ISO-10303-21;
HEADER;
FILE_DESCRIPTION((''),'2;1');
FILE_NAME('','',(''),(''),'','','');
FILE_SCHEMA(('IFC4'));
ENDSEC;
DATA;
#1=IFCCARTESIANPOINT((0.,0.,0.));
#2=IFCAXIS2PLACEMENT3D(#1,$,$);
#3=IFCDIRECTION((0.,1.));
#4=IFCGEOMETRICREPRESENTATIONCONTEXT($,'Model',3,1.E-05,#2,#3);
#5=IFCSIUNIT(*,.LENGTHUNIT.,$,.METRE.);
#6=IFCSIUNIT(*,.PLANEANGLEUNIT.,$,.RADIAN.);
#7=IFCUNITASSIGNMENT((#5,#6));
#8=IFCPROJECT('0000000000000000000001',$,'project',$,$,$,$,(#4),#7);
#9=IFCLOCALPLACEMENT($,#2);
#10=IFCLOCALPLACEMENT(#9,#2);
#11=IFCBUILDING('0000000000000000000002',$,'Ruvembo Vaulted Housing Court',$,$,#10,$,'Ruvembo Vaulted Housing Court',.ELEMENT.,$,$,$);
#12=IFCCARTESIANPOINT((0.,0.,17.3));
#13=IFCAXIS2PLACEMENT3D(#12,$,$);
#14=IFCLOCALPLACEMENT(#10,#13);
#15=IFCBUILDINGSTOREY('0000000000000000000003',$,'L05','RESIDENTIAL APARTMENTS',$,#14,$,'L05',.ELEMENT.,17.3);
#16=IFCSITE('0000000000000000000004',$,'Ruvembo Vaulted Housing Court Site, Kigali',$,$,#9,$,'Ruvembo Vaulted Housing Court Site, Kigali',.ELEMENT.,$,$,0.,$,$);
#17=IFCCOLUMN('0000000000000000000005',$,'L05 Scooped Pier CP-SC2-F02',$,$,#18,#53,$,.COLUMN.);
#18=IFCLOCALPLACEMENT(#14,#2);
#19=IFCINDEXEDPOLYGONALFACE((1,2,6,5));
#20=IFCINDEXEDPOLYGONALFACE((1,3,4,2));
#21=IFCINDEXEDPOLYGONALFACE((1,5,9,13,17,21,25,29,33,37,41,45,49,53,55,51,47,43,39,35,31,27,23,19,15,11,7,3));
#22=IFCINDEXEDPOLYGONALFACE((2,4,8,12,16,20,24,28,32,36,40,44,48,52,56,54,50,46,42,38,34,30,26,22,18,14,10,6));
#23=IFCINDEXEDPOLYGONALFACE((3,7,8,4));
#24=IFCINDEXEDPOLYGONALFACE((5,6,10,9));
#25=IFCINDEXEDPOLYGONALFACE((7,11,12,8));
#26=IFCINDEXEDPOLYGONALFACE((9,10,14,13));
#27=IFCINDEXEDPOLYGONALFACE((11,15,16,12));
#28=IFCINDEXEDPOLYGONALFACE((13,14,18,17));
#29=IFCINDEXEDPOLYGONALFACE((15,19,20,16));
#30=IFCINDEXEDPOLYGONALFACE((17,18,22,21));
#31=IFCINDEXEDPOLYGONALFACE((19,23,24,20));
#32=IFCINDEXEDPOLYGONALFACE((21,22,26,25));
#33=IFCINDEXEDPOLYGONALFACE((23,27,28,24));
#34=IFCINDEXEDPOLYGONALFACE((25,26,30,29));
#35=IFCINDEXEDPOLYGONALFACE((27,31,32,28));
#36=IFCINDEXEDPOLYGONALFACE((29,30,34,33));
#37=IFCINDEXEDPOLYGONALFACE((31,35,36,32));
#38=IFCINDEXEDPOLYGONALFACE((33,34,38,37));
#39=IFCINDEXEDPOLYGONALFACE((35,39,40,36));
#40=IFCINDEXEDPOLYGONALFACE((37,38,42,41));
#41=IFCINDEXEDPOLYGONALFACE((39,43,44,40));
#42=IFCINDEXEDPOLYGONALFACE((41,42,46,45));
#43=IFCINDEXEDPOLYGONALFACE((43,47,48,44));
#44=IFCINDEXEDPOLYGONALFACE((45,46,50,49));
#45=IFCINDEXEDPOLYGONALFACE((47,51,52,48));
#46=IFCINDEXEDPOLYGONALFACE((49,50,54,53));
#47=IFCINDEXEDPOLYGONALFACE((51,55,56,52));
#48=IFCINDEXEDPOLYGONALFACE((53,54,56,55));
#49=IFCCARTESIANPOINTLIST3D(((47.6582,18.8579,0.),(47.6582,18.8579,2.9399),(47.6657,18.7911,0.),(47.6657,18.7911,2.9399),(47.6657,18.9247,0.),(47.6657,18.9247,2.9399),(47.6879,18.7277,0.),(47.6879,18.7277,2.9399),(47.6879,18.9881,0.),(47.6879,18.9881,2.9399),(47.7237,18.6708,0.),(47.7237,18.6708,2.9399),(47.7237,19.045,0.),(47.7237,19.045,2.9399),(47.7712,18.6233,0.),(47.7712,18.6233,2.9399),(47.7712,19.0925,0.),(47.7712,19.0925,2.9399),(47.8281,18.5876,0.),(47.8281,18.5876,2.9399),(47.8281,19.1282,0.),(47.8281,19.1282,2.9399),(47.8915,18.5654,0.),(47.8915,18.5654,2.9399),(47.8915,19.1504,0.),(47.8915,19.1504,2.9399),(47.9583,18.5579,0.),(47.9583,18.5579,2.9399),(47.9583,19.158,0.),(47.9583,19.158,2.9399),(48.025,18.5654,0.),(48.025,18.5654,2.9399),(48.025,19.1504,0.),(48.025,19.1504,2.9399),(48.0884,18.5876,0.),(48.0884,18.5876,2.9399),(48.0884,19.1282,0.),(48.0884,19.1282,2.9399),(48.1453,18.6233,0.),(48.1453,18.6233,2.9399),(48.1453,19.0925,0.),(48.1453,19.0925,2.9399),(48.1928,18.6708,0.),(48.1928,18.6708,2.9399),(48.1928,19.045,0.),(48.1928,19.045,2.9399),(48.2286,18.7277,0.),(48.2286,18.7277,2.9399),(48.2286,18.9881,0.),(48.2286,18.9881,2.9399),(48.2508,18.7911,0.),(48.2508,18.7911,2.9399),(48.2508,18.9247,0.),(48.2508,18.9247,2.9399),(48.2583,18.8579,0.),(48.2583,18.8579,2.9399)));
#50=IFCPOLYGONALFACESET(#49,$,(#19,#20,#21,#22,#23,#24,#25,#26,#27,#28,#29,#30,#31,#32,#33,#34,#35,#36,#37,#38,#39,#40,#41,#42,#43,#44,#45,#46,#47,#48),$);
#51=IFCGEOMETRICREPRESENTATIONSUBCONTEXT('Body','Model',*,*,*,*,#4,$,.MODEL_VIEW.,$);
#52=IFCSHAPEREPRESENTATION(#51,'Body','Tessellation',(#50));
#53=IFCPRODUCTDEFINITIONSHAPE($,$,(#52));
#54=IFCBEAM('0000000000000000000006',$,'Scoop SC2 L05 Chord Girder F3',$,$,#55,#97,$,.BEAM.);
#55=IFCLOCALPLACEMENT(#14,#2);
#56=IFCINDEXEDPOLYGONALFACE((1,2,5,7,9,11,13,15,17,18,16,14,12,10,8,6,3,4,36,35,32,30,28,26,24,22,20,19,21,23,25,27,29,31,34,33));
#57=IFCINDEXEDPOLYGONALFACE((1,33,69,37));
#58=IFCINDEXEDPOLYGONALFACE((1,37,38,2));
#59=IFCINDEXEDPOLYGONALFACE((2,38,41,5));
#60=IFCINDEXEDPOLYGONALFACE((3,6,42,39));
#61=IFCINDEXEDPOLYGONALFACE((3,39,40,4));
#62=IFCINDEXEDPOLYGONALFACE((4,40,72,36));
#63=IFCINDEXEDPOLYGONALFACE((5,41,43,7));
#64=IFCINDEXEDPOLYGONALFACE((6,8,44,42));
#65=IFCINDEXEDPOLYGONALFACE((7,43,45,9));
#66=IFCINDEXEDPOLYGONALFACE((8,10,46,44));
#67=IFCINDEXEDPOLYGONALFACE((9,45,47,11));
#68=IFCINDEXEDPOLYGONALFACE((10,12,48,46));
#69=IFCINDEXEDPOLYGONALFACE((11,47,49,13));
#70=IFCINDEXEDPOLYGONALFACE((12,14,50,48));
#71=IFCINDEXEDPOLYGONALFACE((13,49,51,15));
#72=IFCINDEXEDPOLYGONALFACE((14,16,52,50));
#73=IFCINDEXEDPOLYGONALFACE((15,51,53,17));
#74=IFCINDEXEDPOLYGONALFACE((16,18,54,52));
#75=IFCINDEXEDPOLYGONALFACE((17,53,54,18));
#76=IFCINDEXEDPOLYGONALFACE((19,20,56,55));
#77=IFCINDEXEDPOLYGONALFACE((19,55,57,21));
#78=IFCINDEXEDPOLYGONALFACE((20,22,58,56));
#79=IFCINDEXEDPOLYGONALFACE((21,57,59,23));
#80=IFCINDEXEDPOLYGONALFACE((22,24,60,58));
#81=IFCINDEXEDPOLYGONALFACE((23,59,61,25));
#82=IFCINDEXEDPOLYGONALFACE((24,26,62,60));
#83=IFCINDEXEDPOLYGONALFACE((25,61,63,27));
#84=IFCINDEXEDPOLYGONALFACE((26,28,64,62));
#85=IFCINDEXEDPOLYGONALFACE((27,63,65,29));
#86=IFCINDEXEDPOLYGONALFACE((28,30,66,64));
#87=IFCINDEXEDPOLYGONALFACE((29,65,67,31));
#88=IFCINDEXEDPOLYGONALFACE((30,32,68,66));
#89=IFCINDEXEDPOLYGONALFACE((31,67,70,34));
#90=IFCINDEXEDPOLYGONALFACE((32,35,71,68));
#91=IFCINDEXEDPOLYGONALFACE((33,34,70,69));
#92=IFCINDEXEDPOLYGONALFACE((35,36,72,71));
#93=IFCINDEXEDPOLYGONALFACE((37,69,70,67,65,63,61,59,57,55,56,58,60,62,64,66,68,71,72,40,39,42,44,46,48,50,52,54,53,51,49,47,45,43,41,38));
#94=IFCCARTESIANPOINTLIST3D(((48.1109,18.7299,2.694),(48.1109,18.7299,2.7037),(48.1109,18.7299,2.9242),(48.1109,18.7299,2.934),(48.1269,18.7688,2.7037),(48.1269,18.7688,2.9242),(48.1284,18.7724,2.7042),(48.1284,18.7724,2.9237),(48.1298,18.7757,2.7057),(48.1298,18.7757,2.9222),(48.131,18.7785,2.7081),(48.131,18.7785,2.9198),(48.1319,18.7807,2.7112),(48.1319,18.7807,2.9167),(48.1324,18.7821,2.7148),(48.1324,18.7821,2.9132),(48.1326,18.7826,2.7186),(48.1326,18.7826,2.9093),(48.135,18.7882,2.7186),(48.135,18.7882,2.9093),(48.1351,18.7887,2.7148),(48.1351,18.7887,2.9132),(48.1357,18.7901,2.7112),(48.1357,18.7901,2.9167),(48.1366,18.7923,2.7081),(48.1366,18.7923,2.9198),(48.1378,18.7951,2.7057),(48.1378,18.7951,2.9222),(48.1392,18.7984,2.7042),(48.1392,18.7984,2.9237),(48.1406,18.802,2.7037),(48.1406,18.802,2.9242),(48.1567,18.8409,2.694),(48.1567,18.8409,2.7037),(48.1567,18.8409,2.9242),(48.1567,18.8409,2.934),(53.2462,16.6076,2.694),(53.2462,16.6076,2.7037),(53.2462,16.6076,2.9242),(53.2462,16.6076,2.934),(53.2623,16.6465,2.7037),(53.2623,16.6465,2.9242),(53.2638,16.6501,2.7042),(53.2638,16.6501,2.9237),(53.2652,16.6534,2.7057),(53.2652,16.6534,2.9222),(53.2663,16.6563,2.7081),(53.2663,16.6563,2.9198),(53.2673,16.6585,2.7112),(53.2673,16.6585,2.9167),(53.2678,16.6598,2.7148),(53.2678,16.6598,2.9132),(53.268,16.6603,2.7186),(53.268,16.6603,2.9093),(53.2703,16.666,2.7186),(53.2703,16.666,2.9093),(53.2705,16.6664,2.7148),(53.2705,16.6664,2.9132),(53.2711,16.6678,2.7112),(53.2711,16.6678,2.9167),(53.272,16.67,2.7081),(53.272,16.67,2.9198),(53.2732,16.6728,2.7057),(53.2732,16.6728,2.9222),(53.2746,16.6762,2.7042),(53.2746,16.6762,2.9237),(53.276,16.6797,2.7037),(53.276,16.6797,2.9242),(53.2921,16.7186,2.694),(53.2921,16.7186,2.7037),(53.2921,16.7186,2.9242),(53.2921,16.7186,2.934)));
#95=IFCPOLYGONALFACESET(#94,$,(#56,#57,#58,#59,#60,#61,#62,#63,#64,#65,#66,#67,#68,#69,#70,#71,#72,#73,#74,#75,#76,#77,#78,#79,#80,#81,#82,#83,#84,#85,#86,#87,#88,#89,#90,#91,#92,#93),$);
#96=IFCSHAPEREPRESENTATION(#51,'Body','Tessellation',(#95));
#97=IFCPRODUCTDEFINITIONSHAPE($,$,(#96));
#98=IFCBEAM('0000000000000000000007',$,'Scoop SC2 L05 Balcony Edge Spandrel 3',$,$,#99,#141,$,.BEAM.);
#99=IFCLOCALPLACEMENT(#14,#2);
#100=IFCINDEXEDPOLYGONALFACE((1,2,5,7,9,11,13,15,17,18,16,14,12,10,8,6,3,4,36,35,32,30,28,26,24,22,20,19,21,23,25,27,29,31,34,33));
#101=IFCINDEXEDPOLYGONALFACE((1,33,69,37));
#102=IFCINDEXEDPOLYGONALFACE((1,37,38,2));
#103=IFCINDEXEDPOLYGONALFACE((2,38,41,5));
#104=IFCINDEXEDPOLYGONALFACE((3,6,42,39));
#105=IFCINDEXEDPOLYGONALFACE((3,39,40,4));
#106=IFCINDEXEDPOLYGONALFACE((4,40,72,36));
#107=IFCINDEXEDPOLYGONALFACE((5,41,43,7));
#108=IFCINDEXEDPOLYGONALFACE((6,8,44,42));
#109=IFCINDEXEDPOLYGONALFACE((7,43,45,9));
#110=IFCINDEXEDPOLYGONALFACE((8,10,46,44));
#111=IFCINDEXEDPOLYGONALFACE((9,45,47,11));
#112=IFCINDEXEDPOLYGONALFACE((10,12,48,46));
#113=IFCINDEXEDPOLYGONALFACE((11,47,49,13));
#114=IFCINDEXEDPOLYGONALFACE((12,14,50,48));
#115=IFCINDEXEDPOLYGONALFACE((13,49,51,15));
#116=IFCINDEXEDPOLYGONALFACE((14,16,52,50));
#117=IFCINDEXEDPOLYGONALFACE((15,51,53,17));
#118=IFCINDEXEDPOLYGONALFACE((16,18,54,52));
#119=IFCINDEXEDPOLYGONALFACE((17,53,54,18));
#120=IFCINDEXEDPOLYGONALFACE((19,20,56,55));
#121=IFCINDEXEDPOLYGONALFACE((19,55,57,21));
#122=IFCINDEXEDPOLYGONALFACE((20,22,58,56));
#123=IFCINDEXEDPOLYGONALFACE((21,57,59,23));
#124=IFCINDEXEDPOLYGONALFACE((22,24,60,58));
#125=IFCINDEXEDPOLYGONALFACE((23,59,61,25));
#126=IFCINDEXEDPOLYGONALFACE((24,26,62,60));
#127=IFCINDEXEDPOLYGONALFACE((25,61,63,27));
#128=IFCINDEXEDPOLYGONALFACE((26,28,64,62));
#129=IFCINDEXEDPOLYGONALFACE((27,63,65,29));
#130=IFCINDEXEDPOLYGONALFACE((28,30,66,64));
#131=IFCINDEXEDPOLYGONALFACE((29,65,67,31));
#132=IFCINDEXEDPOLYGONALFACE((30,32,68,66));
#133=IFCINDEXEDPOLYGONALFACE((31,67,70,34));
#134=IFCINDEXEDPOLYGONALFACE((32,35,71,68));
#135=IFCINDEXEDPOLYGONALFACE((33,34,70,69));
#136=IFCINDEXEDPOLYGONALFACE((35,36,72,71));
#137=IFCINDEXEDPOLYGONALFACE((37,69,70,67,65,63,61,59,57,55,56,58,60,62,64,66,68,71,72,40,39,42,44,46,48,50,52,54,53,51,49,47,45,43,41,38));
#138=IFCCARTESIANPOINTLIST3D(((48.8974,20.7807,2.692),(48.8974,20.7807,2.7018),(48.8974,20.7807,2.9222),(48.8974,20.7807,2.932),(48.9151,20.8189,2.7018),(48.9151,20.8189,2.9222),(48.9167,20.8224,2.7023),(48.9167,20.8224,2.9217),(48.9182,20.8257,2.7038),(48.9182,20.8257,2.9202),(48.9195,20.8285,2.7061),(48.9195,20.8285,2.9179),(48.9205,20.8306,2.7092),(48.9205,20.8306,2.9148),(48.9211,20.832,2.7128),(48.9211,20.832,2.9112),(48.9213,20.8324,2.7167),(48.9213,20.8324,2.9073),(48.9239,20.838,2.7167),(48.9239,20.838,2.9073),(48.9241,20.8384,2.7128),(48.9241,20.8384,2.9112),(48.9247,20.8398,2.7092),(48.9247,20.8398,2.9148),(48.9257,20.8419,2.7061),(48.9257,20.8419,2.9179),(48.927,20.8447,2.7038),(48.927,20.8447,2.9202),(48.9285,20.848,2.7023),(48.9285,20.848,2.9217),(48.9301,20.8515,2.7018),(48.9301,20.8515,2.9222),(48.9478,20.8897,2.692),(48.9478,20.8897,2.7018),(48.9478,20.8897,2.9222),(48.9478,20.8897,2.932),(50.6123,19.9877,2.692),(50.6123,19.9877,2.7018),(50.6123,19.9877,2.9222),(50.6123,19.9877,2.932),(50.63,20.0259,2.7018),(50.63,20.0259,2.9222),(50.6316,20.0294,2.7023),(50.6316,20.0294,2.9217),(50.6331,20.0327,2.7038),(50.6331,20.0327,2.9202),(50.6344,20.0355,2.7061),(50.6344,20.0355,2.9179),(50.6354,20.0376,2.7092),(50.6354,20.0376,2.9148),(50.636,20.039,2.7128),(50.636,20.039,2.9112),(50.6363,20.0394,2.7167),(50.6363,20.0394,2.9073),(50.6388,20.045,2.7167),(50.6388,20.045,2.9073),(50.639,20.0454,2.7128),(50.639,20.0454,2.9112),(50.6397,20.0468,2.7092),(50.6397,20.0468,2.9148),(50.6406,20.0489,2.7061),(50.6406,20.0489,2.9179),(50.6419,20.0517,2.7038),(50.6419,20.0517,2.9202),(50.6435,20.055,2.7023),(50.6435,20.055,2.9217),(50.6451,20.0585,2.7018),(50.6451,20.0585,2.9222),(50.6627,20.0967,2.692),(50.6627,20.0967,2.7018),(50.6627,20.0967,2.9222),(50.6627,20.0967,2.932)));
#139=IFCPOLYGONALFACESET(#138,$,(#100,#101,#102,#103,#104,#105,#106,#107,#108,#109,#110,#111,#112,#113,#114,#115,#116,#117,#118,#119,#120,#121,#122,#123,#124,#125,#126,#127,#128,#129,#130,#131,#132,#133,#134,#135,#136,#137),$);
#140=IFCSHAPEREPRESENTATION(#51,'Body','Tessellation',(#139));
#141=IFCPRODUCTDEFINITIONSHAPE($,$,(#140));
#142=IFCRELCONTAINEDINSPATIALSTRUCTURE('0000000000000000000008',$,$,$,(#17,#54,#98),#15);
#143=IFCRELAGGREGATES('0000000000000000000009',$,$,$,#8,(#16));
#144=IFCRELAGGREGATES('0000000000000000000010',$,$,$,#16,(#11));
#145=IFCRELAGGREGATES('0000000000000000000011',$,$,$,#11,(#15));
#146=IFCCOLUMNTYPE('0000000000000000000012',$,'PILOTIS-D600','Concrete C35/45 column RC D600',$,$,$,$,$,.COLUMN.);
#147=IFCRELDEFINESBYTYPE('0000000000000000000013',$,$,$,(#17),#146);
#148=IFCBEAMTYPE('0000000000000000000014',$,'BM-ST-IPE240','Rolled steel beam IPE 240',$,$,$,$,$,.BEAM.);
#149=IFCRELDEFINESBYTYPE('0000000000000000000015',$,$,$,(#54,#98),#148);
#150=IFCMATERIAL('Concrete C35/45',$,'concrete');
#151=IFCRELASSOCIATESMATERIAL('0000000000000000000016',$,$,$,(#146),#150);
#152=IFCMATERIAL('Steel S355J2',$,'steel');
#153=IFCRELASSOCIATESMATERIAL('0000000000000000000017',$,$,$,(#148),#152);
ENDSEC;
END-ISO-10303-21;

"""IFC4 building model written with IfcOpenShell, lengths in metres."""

from ifc_helpers import new_model, si_unit, direction, frame, origin, origin_2d, place, context, subcontext, project, spatial, circle, i_section, extrude, material, material_profile, profile_set, type_object, element, save


model = new_model("IFC4")

# Units and contexts
model_context = context("Model", 3, precision=1e-05, world=origin(), true_north=direction((0.0, 1.0)))
body_context = subcontext(model_context, "Body", "Model", "MODEL_VIEW")
ifc_project = project(units=[si_unit("LENGTHUNIT", "METRE"), si_unit("PLANEANGLEUNIT", "RADIAN")], contexts=[model_context])

# Site, building, storey
site_placement = place(None, origin())
site = spatial("IfcSite", under=ifc_project, at=site_placement, Name="Ruvembo Vaulted Housing Court Site, Kigali", LongName="Ruvembo Vaulted Housing Court Site, Kigali", CompositionType="ELEMENT", RefElevation=0.0)
building_placement = place(site_placement, origin())
building = spatial("IfcBuilding", under=site, at=building_placement, Name="Ruvembo Vaulted Housing Court", LongName="Ruvembo Vaulted Housing Court", CompositionType="ELEMENT")
storey_placement = place(building_placement, frame((0.0, 0.0, 17.3)))
storey = spatial("IfcBuildingStorey", under=building, at=storey_placement, Name="L05", Description="RESIDENTIAL APARTMENTS", LongName="L05", CompositionType="ELEMENT", Elevation=17.3)

# Column
ifc_material_1 = material(Name="Concrete C35/45", Category="concrete")
ifc_material_profile_1 = material_profile(ifc_material_1, circle(Radius=0.3, at=origin_2d()), Name="RC D600")
ifc_profile_set_1 = profile_set([ifc_material_profile_1], Name="Concrete C35/45")
column_type = type_object("IfcColumnType", Name="PILOTIS-D600", Description="Concrete C35/45 column RC D600", PredefinedType="COLUMN", material=ifc_profile_set_1)
column_placement = place(storey_placement, frame((47.9583, 18.8579, 0.0), z_axis=(0.0, 0.0, 1.0), x_axis=(1.0, 0.0, 0.0)))
element("IfcColumn", 1, at=column_placement, inside=storey, type_object=column_type, Name="L05 Scooped Pier CP-SC2-F02", PredefinedType="COLUMN", context=body_context, shape_type="SweptSolid", body=[
    extrude(circle(Radius=0.3, at=origin_2d()), origin(), (0.0, 0.0, 1.0), 2.9399),
])

# Beams
ifc_material_2 = material(Name="Steel S355J2", Category="steel")
ifc_material_profile_2 = material_profile(ifc_material_2, i_section(OverallWidth=0.1201, OverallDepth=0.24, WebThickness=0.0061, FlangeThickness=0.0098, FilletRadius=0.0149, at=origin_2d()), Name="IPE 240")
ifc_profile_set_2 = profile_set([ifc_material_profile_2], Name="Steel S355J2")
beam_type = type_object("IfcBeamType", Name="BM-ST-IPE240", Description="Rolled steel beam IPE 240", PredefinedType="BEAM", material=ifc_profile_set_2)
beam_1_placement = place(storey_placement, frame((48.1338, 18.7854, 2.814), z_axis=(0.92419, -0.381934, 0.0), x_axis=(0.381934, 0.92419, 0.0)))
element("IfcBeam", 2, at=beam_1_placement, inside=storey, type_object=beam_type, Name="Scoop SC2 L05 Chord Girder F3", PredefinedType="BEAM", context=body_context, shape_type="SweptSolid", body=[
    extrude(i_section(OverallWidth=0.1201, OverallDepth=0.24, WebThickness=0.0061, FlangeThickness=0.0098, FilletRadius=0.0149, at=origin_2d()), origin(), (0.0, 0.0, 1.0), 5.5566),
])
beam_2_placement = place(storey_placement, frame((48.9226, 20.8352, 2.812), z_axis=(0.907657, -0.419714, 0.0), x_axis=(0.419714, 0.907657, 0.0)))
element("IfcBeam", 3, at=beam_2_placement, inside=storey, type_object=beam_type, Name="Scoop SC2 L05 Balcony Edge Spandrel 3", PredefinedType="BEAM", context=body_context, shape_type="SweptSolid", body=[
    extrude(i_section(OverallWidth=0.1201, OverallDepth=0.24, WebThickness=0.0061, FlangeThickness=0.0098, FilletRadius=0.0149, at=origin_2d()), origin(), (0.0, 0.0, 1.0), 1.8894),
])

save(model, "model.ifc")
